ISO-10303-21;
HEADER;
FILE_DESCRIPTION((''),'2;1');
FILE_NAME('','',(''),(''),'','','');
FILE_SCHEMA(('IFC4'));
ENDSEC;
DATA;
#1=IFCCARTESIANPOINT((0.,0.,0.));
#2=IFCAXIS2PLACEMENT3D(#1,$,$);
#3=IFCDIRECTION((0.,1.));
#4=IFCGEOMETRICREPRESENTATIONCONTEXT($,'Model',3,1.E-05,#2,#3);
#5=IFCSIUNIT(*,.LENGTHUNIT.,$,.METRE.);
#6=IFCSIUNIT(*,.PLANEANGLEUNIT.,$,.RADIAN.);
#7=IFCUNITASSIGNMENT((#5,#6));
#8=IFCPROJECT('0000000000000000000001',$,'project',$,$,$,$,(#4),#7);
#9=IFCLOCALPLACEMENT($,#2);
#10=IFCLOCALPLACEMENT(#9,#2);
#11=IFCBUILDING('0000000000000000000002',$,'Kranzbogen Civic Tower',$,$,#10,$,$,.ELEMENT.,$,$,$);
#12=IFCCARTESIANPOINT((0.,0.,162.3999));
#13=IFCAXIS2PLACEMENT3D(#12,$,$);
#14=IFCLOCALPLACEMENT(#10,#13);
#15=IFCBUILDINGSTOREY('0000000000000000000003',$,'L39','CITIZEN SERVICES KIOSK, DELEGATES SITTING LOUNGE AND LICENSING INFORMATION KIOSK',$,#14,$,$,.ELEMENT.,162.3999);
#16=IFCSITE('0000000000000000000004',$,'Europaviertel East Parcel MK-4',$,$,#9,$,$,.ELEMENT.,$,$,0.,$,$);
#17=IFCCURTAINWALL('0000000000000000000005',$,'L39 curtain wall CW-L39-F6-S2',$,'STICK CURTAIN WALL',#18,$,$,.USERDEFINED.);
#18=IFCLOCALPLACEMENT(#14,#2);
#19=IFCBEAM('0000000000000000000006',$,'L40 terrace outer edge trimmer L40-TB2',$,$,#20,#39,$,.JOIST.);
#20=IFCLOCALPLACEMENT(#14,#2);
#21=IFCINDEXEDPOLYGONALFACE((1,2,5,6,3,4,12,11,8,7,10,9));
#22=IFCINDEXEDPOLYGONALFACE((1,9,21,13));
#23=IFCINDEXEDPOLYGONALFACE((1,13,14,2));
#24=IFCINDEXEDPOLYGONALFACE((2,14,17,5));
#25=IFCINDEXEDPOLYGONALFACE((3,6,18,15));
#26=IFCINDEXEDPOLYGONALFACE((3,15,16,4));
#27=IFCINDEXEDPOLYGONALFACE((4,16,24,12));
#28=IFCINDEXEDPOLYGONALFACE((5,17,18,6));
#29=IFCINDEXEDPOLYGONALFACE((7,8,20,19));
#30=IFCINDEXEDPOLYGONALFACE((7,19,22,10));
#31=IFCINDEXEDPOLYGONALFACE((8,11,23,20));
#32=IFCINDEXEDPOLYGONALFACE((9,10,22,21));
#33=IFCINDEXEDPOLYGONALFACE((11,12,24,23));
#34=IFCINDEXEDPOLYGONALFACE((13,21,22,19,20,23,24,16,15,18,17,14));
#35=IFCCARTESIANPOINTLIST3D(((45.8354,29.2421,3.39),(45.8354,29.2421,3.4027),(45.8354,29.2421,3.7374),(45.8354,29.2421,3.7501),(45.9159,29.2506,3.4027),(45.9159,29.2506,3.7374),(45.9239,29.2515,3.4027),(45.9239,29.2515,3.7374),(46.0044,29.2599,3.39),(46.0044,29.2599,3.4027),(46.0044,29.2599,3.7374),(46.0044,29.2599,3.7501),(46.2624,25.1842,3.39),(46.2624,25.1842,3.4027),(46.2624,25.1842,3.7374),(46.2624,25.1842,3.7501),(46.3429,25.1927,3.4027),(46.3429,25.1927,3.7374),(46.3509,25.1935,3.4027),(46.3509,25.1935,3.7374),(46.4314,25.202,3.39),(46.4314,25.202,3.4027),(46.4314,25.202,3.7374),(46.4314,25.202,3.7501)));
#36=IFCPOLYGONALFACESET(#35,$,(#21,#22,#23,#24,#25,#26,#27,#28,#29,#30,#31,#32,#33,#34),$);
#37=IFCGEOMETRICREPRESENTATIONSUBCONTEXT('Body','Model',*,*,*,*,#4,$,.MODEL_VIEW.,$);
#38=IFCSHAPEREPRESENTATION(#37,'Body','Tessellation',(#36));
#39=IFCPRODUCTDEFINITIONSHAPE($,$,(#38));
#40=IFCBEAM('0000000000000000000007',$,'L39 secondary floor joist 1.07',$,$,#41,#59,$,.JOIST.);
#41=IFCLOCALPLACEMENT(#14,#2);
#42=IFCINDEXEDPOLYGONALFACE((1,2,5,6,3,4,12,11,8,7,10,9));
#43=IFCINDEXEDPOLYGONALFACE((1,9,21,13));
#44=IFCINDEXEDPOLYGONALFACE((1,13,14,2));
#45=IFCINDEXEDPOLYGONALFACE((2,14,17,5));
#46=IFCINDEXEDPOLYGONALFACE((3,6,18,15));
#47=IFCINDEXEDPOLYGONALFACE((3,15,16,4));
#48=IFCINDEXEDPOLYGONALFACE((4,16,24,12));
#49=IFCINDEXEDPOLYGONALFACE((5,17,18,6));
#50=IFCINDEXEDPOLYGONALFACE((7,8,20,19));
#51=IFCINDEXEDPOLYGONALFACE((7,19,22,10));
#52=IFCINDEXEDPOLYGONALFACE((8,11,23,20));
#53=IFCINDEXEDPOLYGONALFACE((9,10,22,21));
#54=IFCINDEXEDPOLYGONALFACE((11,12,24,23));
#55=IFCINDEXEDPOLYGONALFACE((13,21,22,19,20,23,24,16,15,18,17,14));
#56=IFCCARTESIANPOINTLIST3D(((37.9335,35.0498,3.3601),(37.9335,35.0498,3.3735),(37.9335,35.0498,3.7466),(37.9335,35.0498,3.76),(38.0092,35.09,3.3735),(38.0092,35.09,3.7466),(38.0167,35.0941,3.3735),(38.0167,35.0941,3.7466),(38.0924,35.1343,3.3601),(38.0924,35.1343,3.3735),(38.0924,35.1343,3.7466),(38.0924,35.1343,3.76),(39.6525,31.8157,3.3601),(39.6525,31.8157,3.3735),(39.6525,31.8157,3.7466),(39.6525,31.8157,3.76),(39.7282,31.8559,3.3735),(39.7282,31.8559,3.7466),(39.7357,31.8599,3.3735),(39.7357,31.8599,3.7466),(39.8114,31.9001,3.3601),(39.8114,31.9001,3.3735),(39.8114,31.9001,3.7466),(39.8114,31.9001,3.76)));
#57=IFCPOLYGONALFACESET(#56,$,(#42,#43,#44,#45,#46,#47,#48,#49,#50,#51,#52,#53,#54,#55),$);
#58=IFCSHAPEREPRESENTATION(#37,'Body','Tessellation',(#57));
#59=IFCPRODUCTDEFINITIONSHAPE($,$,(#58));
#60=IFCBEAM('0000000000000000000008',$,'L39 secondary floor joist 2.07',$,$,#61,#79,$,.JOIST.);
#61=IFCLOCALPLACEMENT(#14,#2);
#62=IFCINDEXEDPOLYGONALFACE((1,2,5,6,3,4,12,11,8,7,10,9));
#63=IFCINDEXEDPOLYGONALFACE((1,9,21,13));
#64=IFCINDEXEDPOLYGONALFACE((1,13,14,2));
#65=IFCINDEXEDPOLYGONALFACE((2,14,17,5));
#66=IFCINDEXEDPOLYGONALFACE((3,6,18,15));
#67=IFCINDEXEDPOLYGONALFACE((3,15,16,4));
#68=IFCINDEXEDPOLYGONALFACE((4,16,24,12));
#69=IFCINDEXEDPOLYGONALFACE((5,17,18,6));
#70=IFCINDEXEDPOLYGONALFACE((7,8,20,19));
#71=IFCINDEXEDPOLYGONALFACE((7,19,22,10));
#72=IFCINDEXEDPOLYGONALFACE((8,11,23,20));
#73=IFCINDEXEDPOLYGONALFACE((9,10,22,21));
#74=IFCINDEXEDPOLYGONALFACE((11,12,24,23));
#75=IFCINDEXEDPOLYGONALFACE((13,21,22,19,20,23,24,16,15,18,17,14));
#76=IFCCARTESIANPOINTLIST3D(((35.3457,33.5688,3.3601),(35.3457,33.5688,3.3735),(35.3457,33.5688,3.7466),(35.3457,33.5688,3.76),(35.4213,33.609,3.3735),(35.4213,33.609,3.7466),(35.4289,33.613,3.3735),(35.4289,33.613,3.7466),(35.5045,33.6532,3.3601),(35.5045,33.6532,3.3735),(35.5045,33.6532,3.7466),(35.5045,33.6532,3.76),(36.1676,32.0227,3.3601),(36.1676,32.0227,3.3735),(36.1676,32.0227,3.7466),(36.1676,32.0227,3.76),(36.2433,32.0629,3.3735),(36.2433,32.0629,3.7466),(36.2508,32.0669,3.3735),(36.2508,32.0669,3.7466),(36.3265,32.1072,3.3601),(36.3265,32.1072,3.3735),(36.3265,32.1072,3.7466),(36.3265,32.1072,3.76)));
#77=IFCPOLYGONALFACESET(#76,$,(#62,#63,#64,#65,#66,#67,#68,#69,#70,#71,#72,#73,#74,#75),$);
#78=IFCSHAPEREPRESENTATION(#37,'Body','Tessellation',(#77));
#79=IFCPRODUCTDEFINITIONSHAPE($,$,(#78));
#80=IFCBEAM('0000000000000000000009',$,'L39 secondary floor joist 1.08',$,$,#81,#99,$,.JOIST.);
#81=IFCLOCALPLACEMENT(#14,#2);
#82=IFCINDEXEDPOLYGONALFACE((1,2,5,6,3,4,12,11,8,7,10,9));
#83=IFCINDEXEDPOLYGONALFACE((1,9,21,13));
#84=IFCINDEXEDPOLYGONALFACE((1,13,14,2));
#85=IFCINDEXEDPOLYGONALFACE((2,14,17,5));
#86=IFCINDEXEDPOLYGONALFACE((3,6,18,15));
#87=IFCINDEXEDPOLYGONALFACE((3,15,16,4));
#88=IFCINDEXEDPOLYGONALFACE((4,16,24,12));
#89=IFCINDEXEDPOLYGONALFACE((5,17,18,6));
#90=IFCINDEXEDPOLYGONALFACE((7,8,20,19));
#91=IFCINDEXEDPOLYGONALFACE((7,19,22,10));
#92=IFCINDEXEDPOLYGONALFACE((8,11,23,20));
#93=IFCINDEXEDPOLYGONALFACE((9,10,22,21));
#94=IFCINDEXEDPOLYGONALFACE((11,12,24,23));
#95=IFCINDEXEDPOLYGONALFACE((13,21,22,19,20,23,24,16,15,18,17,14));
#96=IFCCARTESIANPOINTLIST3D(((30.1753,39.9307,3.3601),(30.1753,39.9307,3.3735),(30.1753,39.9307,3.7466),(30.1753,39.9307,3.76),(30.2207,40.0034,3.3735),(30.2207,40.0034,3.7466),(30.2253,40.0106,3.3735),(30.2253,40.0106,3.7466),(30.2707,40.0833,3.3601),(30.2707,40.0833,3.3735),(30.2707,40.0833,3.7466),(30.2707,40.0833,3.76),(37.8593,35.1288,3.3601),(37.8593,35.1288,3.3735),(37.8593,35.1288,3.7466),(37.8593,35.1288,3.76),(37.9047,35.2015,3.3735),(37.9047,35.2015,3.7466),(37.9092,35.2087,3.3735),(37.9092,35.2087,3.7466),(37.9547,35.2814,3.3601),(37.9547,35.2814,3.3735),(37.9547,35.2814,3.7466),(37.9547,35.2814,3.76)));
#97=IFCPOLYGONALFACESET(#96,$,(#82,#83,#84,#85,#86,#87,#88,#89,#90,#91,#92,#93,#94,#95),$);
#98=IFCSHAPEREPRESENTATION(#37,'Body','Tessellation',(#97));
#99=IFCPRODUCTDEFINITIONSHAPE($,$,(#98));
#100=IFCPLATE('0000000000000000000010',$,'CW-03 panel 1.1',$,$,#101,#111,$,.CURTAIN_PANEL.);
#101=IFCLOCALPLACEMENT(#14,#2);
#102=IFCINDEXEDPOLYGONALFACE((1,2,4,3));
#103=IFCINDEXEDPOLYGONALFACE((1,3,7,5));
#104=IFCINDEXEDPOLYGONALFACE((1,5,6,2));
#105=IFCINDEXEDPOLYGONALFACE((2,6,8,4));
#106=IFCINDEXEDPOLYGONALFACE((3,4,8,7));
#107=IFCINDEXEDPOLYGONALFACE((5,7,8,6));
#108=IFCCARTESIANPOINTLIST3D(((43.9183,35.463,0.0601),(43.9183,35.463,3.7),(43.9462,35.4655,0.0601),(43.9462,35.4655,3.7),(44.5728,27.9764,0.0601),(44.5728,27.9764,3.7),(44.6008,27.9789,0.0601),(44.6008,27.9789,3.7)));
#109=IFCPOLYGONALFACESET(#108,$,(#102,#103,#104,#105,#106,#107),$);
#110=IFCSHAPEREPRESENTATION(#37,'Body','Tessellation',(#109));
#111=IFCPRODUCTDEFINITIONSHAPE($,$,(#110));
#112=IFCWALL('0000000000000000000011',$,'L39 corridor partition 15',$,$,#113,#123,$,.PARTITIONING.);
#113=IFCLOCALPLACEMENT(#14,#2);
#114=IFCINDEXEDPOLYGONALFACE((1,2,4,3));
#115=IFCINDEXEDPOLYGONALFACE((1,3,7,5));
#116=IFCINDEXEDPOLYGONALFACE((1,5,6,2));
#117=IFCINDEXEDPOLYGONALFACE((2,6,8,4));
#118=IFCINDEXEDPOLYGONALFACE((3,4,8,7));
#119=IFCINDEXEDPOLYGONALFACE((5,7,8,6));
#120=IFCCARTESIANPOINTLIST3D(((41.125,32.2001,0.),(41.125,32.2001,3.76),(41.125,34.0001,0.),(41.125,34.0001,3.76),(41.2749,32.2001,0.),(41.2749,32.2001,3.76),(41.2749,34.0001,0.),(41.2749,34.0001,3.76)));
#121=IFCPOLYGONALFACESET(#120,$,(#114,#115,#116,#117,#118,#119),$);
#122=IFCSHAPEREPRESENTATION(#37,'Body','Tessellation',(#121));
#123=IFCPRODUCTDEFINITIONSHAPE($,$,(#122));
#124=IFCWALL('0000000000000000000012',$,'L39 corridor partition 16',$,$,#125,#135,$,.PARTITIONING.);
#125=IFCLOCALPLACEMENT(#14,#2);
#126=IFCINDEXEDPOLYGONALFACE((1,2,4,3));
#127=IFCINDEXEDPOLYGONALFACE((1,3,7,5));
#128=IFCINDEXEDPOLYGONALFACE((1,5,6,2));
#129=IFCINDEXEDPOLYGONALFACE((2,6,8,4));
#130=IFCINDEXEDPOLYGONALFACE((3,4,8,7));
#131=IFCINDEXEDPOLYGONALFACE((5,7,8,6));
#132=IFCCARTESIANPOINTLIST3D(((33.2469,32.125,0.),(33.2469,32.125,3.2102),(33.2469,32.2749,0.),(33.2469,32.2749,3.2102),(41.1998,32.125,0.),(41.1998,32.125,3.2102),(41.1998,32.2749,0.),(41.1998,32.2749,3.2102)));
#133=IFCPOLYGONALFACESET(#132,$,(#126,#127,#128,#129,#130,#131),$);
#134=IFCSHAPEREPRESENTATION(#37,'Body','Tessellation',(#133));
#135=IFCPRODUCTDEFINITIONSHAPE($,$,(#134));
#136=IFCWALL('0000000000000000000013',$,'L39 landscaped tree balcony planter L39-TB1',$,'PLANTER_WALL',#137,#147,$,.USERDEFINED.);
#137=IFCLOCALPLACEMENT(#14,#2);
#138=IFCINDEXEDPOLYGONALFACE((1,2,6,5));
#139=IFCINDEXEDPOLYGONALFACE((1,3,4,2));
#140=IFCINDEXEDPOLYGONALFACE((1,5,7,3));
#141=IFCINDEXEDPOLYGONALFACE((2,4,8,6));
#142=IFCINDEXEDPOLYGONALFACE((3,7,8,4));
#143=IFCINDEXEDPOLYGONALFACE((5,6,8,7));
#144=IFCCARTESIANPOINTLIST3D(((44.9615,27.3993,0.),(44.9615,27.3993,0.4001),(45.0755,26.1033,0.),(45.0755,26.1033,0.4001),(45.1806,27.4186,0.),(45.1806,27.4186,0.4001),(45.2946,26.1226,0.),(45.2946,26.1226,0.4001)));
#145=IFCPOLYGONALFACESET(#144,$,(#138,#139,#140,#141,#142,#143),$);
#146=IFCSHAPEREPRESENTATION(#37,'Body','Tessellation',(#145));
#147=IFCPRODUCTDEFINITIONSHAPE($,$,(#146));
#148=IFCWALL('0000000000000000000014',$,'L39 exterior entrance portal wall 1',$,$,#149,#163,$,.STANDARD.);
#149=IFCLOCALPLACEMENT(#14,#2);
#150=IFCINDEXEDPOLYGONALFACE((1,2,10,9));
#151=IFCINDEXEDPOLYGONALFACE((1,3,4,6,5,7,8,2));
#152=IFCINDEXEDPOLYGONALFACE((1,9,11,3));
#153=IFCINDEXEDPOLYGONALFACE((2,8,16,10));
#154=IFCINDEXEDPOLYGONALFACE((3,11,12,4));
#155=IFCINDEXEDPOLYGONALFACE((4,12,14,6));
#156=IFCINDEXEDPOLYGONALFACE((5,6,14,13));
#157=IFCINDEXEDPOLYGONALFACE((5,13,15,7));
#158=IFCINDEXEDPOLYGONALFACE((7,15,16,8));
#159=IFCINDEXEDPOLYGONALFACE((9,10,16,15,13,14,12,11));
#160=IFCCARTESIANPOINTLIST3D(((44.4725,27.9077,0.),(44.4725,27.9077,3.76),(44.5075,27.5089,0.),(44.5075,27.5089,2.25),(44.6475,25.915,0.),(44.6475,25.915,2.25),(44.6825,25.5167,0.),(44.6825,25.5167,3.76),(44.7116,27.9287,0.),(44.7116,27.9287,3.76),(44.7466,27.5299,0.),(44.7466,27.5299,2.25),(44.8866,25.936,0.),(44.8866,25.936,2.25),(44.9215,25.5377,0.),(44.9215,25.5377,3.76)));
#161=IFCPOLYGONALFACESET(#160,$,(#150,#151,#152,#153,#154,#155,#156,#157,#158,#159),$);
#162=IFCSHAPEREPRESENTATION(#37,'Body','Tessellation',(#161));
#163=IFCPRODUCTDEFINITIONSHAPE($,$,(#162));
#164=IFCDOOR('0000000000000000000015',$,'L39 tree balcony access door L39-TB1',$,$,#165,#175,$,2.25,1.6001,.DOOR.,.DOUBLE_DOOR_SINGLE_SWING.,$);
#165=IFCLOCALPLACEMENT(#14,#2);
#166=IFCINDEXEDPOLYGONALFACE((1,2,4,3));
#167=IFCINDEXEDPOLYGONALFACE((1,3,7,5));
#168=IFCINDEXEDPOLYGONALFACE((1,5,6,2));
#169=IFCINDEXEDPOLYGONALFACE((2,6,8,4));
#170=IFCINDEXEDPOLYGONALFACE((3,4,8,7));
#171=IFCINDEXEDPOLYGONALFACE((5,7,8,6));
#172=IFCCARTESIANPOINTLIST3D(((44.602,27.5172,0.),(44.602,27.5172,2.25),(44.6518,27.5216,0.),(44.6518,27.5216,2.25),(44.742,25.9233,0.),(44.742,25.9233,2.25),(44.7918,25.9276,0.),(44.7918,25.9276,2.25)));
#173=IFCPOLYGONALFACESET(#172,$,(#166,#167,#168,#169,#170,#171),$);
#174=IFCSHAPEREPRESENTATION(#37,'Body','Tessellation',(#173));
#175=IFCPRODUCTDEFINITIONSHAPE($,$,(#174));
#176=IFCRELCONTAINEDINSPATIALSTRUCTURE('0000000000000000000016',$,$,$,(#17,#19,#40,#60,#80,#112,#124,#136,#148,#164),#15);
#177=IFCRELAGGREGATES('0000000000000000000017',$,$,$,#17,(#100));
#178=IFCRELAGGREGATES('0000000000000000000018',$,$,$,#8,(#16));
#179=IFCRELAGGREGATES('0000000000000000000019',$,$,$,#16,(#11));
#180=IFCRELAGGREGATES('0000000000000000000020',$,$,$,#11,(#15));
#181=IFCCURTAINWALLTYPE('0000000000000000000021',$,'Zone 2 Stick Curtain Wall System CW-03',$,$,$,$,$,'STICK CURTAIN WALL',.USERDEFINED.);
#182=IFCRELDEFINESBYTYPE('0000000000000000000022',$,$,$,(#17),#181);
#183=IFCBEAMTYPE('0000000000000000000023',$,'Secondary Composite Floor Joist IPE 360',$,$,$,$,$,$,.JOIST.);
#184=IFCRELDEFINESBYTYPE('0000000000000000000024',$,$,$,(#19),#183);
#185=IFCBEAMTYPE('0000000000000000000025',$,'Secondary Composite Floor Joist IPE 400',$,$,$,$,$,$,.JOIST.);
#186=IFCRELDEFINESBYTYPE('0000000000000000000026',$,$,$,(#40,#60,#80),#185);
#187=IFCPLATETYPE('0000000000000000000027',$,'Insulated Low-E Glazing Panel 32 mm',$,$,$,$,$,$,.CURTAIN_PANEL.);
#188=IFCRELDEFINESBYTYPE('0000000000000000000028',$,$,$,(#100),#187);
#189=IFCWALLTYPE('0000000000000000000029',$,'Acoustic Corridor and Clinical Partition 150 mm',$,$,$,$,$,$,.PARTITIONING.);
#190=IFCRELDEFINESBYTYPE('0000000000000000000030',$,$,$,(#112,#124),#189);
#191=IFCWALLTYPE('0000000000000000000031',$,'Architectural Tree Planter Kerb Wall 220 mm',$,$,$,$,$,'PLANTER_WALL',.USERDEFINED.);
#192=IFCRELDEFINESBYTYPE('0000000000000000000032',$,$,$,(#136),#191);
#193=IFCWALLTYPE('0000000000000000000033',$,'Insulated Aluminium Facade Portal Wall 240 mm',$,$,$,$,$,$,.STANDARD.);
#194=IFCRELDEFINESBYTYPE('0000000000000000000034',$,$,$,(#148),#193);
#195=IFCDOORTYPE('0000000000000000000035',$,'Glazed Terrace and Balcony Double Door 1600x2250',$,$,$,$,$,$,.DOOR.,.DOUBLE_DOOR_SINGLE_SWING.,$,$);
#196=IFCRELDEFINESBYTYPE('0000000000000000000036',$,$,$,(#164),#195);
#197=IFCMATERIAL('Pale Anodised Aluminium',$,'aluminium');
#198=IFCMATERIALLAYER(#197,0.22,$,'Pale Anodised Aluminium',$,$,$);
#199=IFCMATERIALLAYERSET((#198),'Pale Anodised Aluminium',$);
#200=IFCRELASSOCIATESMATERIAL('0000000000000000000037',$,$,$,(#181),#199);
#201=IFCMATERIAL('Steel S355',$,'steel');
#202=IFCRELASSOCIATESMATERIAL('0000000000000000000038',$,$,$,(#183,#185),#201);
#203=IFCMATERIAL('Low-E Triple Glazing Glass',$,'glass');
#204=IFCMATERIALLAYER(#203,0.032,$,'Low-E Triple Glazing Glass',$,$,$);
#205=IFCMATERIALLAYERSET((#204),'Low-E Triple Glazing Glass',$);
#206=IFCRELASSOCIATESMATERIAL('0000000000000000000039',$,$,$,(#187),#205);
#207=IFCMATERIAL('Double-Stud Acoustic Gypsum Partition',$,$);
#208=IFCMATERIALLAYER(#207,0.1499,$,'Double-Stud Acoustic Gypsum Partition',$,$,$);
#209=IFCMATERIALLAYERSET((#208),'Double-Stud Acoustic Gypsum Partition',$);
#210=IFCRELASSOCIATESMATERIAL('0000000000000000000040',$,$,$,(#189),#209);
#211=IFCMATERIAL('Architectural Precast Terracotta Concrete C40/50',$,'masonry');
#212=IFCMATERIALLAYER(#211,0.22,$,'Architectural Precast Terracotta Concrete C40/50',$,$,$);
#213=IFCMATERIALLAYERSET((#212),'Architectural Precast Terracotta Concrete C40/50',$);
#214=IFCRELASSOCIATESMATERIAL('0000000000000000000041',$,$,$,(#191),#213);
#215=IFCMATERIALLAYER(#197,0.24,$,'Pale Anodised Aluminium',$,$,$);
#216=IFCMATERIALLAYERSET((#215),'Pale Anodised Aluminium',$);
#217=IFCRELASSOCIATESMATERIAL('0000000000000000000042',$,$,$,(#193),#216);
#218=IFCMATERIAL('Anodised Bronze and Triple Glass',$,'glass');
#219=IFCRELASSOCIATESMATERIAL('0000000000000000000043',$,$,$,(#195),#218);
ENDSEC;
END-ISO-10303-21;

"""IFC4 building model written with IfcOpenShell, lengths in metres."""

from ifc_helpers import new_model, si_unit, direction, frame, frame_2d, origin, origin_2d, place, context, subcontext, project, spatial, rectangle, i_section, extrude, material, layer, layer_set, material_profile, profile_set, type_object, element, fill, aggregate, save


model = new_model("IFC4")

# Units and contexts
model_context = context("Model", 3, precision=1e-05, world=origin(), true_north=direction((0.0, 1.0)))
body_context = subcontext(model_context, "Body", "Model", "MODEL_VIEW")
ifc_project = project(units=[si_unit("LENGTHUNIT", "METRE"), si_unit("PLANEANGLEUNIT", "RADIAN")], contexts=[model_context])

# Site, building, storey
site_placement = place(None, origin())
site = spatial("IfcSite", under=ifc_project, at=site_placement, Name="Europaviertel East Parcel MK-4", CompositionType="ELEMENT", RefElevation=0.0)
building_placement = place(site_placement, origin())
building = spatial("IfcBuilding", under=site, at=building_placement, Name="Kranzbogen Civic Tower", CompositionType="ELEMENT")
storey_placement = place(building_placement, frame((0.0, 0.0, 162.3999)))
storey = spatial("IfcBuildingStorey", under=building, at=storey_placement, Name="L39", Description="CITIZEN SERVICES KIOSK, DELEGATES SITTING LOUNGE AND LICENSING INFORMATION KIOSK", CompositionType="ELEMENT", Elevation=162.3999)

# Shared definitions
ifc_material_1 = material(Name="Steel S355", Category="steel")

# Shared definitions
ifc_material_2 = material(Name="Pale Anodised Aluminium", Category="aluminium")
ifc_layer_1 = layer(ifc_material_2, 0.22, Name="Pale Anodised Aluminium")
ifc_layer_set_1 = layer_set([ifc_layer_1], Name="Pale Anodised Aluminium")
curtain_wall_type = type_object("IfcCurtainWallType", Name="Zone 2 Stick Curtain Wall System CW-03", ElementType="STICK CURTAIN WALL", PredefinedType="USERDEFINED", material=ifc_layer_set_1)

# Curtain wall
curtain_wall_1_placement = place(storey_placement, origin())
curtain_wall_1 = element("IfcCurtainWall", 1, at=curtain_wall_1_placement, inside=storey, type_object=curtain_wall_type, Name="L39 curtain wall CW-L39-F6-S2", ObjectType="STICK CURTAIN WALL", PredefinedType="USERDEFINED")

# Beams
ifc_material_profile_1 = material_profile(ifc_material_1, i_section(OverallWidth=0.1699, OverallDepth=0.3601, WebThickness=0.0081, FlangeThickness=0.0127, at=origin_2d()), Name="IPE 360")
ifc_profile_set_1 = profile_set([ifc_material_profile_1], Name="Steel S355")
beam_type_1 = type_object("IfcBeamType", Name="Secondary Composite Floor Joist IPE 360", PredefinedType="JOIST", material=ifc_profile_set_1)
beam_1_placement = place(storey_placement, frame((46.3469, 25.1931, 3.5701), z_axis=(-0.104651, 0.994509, 0.0), x_axis=(-0.994509, -0.104651, 0.0)))
element("IfcBeam", 2, at=beam_1_placement, inside=storey, type_object=beam_type_1, Name="L40 terrace outer edge trimmer L40-TB2", PredefinedType="JOIST", context=body_context, shape_type="SweptSolid", body=[
    extrude(i_section(OverallWidth=0.1699, OverallDepth=0.3601, WebThickness=0.0081, FlangeThickness=0.0127, at=origin_2d()), origin(), (0.0, 0.0, 1.0), 4.0803),
])
ifc_material_profile_2 = material_profile(ifc_material_1, i_section(OverallWidth=0.1799, OverallDepth=0.3999, WebThickness=0.0085, FlangeThickness=0.0134, at=origin_2d()), Name="IPE 400")
ifc_profile_set_2 = profile_set([ifc_material_profile_2], Name="Steel S355")
beam_type_2 = type_object("IfcBeamType", Name="Secondary Composite Floor Joist IPE 400", PredefinedType="JOIST", material=ifc_profile_set_2)
beam_2_placement = place(storey_placement, frame((39.7319, 31.8579, 3.5601), z_axis=(-0.469339, 0.883018, 0.0), x_axis=(-0.883018, -0.469339, 0.0)))
element("IfcBeam", 3, at=beam_2_placement, inside=storey, type_object=beam_type_2, Name="L39 secondary floor joist 1.07", PredefinedType="JOIST", context=body_context, shape_type="SweptSolid", body=[
    extrude(i_section(OverallWidth=0.1799, OverallDepth=0.3999, WebThickness=0.0085, FlangeThickness=0.0134, at=origin_2d()), origin(), (0.0, 0.0, 1.0), 3.6626),
])
beam_3_placement = place(storey_placement, frame((36.2471, 32.0649, 3.5601), z_axis=(-0.469437, 0.882966, 0.0), x_axis=(-0.882966, -0.469437, 0.0)))
element("IfcBeam", 4, at=beam_3_placement, inside=storey, type_object=beam_type_2, Name="L39 secondary floor joist 2.07", PredefinedType="JOIST", context=body_context, shape_type="SweptSolid", body=[
    extrude(i_section(OverallWidth=0.1799, OverallDepth=0.3999, WebThickness=0.0085, FlangeThickness=0.0134, at=origin_2d()), origin(), (0.0, 0.0, 1.0), 1.751),
])
beam_4_placement = place(storey_placement, frame((37.907, 35.2051, 3.5601), z_axis=(-0.848026, 0.529955, 0.0), x_axis=(-0.529955, -0.848026, 0.0)))
element("IfcBeam", 5, at=beam_4_placement, inside=storey, type_object=beam_type_2, Name="L39 secondary floor joist 1.08", PredefinedType="JOIST", context=body_context, shape_type="SweptSolid", body=[
    extrude(i_section(OverallWidth=0.1799, OverallDepth=0.3999, WebThickness=0.0085, FlangeThickness=0.0134, at=origin_2d()), origin(), (0.0, 0.0, 1.0), 9.061),
])

# Plate
ifc_material_3 = material(Name="Low-E Triple Glazing Glass", Category="glass")
ifc_layer_2 = layer(ifc_material_3, 0.032, Name="Low-E Triple Glazing Glass")
ifc_layer_set_2 = layer_set([ifc_layer_2], Name="Low-E Triple Glazing Glass")
plate_type = type_object("IfcPlateType", Name="Insulated Low-E Glazing Panel 32 mm", PredefinedType="CURTAIN_PANEL", material=ifc_layer_set_2)
plate_placement = place(storey_placement, frame((44.2595, 31.7209, 0.0601), z_axis=(0.0, 0.0, 1.0), x_axis=(-0.087099, 0.9962, 0.0)))
plate = element("IfcPlate", 6, at=plate_placement, type_object=plate_type, Name="CW-03 panel 1.1", PredefinedType="CURTAIN_PANEL", context=body_context, shape_type="SweptSolid", body=[
    extrude(rectangle(XDim=7.5151, YDim=0.0281, at=origin_2d()), origin(), (0.0, 0.0, 1.0), 3.6399),
])
aggregate(curtain_wall_1, [plate])

# Walls
ifc_material_4 = material(Name="Double-Stud Acoustic Gypsum Partition")
ifc_layer_3 = layer(ifc_material_4, 0.1499, Name="Double-Stud Acoustic Gypsum Partition")
ifc_layer_set_3 = layer_set([ifc_layer_3], Name="Double-Stud Acoustic Gypsum Partition")
wall_type_1 = type_object("IfcWallType", Name="Acoustic Corridor and Clinical Partition 150 mm", PredefinedType="PARTITIONING", material=ifc_layer_set_3)
wall_1_placement = place(storey_placement, frame((41.2, 34.0, 0.0), z_axis=(0.0, 0.0, 1.0), x_axis=(0.0, -1.0, 0.0)))
element("IfcWall", 7, at=wall_1_placement, inside=storey, type_object=wall_type_1, Name="L39 corridor partition 15", PredefinedType="PARTITIONING", context=body_context, shape_type="SweptSolid", body=[
    extrude(rectangle(XDim=1.8, YDim=0.1499, at=frame_2d((0.8999, 0.0))), origin(), (0.0, 0.0, 1.0), 3.76),
])
wall_2_placement = place(storey_placement, frame((41.2, 32.2, 0.0), z_axis=(0.0, 0.0, 1.0), x_axis=(-1.0, 0.0, 0.0)))
element("IfcWall", 8, at=wall_2_placement, inside=storey, type_object=wall_type_1, Name="L39 corridor partition 16", PredefinedType="PARTITIONING", context=body_context, shape_type="SweptSolid", body=[
    extrude(rectangle(XDim=7.9529, YDim=0.1499, at=frame_2d((3.9766, 0.0))), origin(), (0.0, 0.0, 1.0), 3.2102),
])
ifc_material_5 = material(Name="Architectural Precast Terracotta Concrete C40/50", Category="masonry")
ifc_layer_4 = layer(ifc_material_5, 0.22, Name="Architectural Precast Terracotta Concrete C40/50")
ifc_layer_set_4 = layer_set([ifc_layer_4], Name="Architectural Precast Terracotta Concrete C40/50")
wall_type_2 = type_object("IfcWallType", Name="Architectural Tree Planter Kerb Wall 220 mm", ElementType="PLANTER_WALL", PredefinedType="USERDEFINED", material=ifc_layer_set_4)
wall_3_placement = place(storey_placement, frame((45.1851, 26.113, 0.0), z_axis=(0.0, 0.0, 1.0), x_axis=(-0.087642, 0.996152, 0.0)))
element("IfcWall", 9, at=wall_3_placement, inside=storey, type_object=wall_type_2, Name="L39 landscaped tree balcony planter L39-TB1", ObjectType="PLANTER_WALL", PredefinedType="USERDEFINED", context=body_context, shape_type="SweptSolid", body=[
    extrude(rectangle(XDim=1.301, YDim=0.22, at=frame_2d((0.6504, 0.0))), origin(), (0.0, 0.0, 1.0), 0.4001),
])

# Wall, opening, door
ifc_layer_5 = layer(ifc_material_2, 0.24, Name="Pale Anodised Aluminium")
ifc_layer_set_5 = layer_set([ifc_layer_5], Name="Pale Anodised Aluminium")
wall_type_3 = type_object("IfcWallType", Name="Insulated Aluminium Facade Portal Wall 240 mm", PredefinedType="STANDARD", material=ifc_layer_set_5)
wall_4_placement = place(storey_placement, frame((44.802, 25.5271, 0.0), z_axis=(0.0, 0.0, 1.0), x_axis=(-0.087481, 0.996166, 0.0)))
wall_4 = element("IfcWall", 10, at=wall_4_placement, inside=storey, type_object=wall_type_3, Name="L39 exterior entrance portal wall 1", PredefinedType="STANDARD", context=body_context, shape_type="SweptSolid", body=[
    extrude(rectangle(XDim=2.4001, YDim=0.24, at=frame_2d((1.2002, 0.0))), origin(), (0.0, 0.0, 1.0), 3.76),
])
opening_placement = place(wall_4_placement, frame((0.3999, 0.0, 0.0)))
opening = element("IfcOpeningElement", 11, at=opening_placement, cuts=wall_4, PredefinedType="OPENING", context=body_context, shape_type="SweptSolid", body=[
    extrude(rectangle(XDim=1.6001, YDim=2.25, at=frame_2d((0.8, 1.125))), frame((0.0, 0.1299, 0.0), z_axis=(0.0, -1.0, 0.0), x_axis=(1.0, 0.0, 0.0)), (0.0, 0.0, 1.0), 0.26),
])
ifc_material_6 = material(Name="Anodised Bronze and Triple Glass", Category="glass")
door_type = type_object("IfcDoorType", Name="Glazed Terrace and Balcony Double Door 1600x2250", OperationType="DOUBLE_DOOR_SINGLE_SWING", PredefinedType="DOOR", material=ifc_material_6)
door_placement = place(opening_placement, frame((1.6001, 0.0, 0.0), z_axis=(0.0, 0.0, 1.0), x_axis=(-1.0, 0.0, 0.0)))
door = element("IfcDoor", 12, at=door_placement, inside=storey, type_object=door_type, Name="L39 tree balcony access door L39-TB1", OperationType="DOUBLE_DOOR_SINGLE_SWING", OverallHeight=2.25, OverallWidth=1.6001, PredefinedType="DOOR", context=body_context, shape_type="SweptSolid", body=[
    extrude(rectangle(XDim=1.6001, YDim=2.25, at=frame_2d((0.8, 1.125))), frame((0.0, 0.0249, 0.0), z_axis=(0.0, -1.0, 0.0), x_axis=(1.0, 0.0, 0.0)), (0.0, 0.0, 1.0), 0.05),
])
fill(opening, door)

save(model, "model.ifc")
